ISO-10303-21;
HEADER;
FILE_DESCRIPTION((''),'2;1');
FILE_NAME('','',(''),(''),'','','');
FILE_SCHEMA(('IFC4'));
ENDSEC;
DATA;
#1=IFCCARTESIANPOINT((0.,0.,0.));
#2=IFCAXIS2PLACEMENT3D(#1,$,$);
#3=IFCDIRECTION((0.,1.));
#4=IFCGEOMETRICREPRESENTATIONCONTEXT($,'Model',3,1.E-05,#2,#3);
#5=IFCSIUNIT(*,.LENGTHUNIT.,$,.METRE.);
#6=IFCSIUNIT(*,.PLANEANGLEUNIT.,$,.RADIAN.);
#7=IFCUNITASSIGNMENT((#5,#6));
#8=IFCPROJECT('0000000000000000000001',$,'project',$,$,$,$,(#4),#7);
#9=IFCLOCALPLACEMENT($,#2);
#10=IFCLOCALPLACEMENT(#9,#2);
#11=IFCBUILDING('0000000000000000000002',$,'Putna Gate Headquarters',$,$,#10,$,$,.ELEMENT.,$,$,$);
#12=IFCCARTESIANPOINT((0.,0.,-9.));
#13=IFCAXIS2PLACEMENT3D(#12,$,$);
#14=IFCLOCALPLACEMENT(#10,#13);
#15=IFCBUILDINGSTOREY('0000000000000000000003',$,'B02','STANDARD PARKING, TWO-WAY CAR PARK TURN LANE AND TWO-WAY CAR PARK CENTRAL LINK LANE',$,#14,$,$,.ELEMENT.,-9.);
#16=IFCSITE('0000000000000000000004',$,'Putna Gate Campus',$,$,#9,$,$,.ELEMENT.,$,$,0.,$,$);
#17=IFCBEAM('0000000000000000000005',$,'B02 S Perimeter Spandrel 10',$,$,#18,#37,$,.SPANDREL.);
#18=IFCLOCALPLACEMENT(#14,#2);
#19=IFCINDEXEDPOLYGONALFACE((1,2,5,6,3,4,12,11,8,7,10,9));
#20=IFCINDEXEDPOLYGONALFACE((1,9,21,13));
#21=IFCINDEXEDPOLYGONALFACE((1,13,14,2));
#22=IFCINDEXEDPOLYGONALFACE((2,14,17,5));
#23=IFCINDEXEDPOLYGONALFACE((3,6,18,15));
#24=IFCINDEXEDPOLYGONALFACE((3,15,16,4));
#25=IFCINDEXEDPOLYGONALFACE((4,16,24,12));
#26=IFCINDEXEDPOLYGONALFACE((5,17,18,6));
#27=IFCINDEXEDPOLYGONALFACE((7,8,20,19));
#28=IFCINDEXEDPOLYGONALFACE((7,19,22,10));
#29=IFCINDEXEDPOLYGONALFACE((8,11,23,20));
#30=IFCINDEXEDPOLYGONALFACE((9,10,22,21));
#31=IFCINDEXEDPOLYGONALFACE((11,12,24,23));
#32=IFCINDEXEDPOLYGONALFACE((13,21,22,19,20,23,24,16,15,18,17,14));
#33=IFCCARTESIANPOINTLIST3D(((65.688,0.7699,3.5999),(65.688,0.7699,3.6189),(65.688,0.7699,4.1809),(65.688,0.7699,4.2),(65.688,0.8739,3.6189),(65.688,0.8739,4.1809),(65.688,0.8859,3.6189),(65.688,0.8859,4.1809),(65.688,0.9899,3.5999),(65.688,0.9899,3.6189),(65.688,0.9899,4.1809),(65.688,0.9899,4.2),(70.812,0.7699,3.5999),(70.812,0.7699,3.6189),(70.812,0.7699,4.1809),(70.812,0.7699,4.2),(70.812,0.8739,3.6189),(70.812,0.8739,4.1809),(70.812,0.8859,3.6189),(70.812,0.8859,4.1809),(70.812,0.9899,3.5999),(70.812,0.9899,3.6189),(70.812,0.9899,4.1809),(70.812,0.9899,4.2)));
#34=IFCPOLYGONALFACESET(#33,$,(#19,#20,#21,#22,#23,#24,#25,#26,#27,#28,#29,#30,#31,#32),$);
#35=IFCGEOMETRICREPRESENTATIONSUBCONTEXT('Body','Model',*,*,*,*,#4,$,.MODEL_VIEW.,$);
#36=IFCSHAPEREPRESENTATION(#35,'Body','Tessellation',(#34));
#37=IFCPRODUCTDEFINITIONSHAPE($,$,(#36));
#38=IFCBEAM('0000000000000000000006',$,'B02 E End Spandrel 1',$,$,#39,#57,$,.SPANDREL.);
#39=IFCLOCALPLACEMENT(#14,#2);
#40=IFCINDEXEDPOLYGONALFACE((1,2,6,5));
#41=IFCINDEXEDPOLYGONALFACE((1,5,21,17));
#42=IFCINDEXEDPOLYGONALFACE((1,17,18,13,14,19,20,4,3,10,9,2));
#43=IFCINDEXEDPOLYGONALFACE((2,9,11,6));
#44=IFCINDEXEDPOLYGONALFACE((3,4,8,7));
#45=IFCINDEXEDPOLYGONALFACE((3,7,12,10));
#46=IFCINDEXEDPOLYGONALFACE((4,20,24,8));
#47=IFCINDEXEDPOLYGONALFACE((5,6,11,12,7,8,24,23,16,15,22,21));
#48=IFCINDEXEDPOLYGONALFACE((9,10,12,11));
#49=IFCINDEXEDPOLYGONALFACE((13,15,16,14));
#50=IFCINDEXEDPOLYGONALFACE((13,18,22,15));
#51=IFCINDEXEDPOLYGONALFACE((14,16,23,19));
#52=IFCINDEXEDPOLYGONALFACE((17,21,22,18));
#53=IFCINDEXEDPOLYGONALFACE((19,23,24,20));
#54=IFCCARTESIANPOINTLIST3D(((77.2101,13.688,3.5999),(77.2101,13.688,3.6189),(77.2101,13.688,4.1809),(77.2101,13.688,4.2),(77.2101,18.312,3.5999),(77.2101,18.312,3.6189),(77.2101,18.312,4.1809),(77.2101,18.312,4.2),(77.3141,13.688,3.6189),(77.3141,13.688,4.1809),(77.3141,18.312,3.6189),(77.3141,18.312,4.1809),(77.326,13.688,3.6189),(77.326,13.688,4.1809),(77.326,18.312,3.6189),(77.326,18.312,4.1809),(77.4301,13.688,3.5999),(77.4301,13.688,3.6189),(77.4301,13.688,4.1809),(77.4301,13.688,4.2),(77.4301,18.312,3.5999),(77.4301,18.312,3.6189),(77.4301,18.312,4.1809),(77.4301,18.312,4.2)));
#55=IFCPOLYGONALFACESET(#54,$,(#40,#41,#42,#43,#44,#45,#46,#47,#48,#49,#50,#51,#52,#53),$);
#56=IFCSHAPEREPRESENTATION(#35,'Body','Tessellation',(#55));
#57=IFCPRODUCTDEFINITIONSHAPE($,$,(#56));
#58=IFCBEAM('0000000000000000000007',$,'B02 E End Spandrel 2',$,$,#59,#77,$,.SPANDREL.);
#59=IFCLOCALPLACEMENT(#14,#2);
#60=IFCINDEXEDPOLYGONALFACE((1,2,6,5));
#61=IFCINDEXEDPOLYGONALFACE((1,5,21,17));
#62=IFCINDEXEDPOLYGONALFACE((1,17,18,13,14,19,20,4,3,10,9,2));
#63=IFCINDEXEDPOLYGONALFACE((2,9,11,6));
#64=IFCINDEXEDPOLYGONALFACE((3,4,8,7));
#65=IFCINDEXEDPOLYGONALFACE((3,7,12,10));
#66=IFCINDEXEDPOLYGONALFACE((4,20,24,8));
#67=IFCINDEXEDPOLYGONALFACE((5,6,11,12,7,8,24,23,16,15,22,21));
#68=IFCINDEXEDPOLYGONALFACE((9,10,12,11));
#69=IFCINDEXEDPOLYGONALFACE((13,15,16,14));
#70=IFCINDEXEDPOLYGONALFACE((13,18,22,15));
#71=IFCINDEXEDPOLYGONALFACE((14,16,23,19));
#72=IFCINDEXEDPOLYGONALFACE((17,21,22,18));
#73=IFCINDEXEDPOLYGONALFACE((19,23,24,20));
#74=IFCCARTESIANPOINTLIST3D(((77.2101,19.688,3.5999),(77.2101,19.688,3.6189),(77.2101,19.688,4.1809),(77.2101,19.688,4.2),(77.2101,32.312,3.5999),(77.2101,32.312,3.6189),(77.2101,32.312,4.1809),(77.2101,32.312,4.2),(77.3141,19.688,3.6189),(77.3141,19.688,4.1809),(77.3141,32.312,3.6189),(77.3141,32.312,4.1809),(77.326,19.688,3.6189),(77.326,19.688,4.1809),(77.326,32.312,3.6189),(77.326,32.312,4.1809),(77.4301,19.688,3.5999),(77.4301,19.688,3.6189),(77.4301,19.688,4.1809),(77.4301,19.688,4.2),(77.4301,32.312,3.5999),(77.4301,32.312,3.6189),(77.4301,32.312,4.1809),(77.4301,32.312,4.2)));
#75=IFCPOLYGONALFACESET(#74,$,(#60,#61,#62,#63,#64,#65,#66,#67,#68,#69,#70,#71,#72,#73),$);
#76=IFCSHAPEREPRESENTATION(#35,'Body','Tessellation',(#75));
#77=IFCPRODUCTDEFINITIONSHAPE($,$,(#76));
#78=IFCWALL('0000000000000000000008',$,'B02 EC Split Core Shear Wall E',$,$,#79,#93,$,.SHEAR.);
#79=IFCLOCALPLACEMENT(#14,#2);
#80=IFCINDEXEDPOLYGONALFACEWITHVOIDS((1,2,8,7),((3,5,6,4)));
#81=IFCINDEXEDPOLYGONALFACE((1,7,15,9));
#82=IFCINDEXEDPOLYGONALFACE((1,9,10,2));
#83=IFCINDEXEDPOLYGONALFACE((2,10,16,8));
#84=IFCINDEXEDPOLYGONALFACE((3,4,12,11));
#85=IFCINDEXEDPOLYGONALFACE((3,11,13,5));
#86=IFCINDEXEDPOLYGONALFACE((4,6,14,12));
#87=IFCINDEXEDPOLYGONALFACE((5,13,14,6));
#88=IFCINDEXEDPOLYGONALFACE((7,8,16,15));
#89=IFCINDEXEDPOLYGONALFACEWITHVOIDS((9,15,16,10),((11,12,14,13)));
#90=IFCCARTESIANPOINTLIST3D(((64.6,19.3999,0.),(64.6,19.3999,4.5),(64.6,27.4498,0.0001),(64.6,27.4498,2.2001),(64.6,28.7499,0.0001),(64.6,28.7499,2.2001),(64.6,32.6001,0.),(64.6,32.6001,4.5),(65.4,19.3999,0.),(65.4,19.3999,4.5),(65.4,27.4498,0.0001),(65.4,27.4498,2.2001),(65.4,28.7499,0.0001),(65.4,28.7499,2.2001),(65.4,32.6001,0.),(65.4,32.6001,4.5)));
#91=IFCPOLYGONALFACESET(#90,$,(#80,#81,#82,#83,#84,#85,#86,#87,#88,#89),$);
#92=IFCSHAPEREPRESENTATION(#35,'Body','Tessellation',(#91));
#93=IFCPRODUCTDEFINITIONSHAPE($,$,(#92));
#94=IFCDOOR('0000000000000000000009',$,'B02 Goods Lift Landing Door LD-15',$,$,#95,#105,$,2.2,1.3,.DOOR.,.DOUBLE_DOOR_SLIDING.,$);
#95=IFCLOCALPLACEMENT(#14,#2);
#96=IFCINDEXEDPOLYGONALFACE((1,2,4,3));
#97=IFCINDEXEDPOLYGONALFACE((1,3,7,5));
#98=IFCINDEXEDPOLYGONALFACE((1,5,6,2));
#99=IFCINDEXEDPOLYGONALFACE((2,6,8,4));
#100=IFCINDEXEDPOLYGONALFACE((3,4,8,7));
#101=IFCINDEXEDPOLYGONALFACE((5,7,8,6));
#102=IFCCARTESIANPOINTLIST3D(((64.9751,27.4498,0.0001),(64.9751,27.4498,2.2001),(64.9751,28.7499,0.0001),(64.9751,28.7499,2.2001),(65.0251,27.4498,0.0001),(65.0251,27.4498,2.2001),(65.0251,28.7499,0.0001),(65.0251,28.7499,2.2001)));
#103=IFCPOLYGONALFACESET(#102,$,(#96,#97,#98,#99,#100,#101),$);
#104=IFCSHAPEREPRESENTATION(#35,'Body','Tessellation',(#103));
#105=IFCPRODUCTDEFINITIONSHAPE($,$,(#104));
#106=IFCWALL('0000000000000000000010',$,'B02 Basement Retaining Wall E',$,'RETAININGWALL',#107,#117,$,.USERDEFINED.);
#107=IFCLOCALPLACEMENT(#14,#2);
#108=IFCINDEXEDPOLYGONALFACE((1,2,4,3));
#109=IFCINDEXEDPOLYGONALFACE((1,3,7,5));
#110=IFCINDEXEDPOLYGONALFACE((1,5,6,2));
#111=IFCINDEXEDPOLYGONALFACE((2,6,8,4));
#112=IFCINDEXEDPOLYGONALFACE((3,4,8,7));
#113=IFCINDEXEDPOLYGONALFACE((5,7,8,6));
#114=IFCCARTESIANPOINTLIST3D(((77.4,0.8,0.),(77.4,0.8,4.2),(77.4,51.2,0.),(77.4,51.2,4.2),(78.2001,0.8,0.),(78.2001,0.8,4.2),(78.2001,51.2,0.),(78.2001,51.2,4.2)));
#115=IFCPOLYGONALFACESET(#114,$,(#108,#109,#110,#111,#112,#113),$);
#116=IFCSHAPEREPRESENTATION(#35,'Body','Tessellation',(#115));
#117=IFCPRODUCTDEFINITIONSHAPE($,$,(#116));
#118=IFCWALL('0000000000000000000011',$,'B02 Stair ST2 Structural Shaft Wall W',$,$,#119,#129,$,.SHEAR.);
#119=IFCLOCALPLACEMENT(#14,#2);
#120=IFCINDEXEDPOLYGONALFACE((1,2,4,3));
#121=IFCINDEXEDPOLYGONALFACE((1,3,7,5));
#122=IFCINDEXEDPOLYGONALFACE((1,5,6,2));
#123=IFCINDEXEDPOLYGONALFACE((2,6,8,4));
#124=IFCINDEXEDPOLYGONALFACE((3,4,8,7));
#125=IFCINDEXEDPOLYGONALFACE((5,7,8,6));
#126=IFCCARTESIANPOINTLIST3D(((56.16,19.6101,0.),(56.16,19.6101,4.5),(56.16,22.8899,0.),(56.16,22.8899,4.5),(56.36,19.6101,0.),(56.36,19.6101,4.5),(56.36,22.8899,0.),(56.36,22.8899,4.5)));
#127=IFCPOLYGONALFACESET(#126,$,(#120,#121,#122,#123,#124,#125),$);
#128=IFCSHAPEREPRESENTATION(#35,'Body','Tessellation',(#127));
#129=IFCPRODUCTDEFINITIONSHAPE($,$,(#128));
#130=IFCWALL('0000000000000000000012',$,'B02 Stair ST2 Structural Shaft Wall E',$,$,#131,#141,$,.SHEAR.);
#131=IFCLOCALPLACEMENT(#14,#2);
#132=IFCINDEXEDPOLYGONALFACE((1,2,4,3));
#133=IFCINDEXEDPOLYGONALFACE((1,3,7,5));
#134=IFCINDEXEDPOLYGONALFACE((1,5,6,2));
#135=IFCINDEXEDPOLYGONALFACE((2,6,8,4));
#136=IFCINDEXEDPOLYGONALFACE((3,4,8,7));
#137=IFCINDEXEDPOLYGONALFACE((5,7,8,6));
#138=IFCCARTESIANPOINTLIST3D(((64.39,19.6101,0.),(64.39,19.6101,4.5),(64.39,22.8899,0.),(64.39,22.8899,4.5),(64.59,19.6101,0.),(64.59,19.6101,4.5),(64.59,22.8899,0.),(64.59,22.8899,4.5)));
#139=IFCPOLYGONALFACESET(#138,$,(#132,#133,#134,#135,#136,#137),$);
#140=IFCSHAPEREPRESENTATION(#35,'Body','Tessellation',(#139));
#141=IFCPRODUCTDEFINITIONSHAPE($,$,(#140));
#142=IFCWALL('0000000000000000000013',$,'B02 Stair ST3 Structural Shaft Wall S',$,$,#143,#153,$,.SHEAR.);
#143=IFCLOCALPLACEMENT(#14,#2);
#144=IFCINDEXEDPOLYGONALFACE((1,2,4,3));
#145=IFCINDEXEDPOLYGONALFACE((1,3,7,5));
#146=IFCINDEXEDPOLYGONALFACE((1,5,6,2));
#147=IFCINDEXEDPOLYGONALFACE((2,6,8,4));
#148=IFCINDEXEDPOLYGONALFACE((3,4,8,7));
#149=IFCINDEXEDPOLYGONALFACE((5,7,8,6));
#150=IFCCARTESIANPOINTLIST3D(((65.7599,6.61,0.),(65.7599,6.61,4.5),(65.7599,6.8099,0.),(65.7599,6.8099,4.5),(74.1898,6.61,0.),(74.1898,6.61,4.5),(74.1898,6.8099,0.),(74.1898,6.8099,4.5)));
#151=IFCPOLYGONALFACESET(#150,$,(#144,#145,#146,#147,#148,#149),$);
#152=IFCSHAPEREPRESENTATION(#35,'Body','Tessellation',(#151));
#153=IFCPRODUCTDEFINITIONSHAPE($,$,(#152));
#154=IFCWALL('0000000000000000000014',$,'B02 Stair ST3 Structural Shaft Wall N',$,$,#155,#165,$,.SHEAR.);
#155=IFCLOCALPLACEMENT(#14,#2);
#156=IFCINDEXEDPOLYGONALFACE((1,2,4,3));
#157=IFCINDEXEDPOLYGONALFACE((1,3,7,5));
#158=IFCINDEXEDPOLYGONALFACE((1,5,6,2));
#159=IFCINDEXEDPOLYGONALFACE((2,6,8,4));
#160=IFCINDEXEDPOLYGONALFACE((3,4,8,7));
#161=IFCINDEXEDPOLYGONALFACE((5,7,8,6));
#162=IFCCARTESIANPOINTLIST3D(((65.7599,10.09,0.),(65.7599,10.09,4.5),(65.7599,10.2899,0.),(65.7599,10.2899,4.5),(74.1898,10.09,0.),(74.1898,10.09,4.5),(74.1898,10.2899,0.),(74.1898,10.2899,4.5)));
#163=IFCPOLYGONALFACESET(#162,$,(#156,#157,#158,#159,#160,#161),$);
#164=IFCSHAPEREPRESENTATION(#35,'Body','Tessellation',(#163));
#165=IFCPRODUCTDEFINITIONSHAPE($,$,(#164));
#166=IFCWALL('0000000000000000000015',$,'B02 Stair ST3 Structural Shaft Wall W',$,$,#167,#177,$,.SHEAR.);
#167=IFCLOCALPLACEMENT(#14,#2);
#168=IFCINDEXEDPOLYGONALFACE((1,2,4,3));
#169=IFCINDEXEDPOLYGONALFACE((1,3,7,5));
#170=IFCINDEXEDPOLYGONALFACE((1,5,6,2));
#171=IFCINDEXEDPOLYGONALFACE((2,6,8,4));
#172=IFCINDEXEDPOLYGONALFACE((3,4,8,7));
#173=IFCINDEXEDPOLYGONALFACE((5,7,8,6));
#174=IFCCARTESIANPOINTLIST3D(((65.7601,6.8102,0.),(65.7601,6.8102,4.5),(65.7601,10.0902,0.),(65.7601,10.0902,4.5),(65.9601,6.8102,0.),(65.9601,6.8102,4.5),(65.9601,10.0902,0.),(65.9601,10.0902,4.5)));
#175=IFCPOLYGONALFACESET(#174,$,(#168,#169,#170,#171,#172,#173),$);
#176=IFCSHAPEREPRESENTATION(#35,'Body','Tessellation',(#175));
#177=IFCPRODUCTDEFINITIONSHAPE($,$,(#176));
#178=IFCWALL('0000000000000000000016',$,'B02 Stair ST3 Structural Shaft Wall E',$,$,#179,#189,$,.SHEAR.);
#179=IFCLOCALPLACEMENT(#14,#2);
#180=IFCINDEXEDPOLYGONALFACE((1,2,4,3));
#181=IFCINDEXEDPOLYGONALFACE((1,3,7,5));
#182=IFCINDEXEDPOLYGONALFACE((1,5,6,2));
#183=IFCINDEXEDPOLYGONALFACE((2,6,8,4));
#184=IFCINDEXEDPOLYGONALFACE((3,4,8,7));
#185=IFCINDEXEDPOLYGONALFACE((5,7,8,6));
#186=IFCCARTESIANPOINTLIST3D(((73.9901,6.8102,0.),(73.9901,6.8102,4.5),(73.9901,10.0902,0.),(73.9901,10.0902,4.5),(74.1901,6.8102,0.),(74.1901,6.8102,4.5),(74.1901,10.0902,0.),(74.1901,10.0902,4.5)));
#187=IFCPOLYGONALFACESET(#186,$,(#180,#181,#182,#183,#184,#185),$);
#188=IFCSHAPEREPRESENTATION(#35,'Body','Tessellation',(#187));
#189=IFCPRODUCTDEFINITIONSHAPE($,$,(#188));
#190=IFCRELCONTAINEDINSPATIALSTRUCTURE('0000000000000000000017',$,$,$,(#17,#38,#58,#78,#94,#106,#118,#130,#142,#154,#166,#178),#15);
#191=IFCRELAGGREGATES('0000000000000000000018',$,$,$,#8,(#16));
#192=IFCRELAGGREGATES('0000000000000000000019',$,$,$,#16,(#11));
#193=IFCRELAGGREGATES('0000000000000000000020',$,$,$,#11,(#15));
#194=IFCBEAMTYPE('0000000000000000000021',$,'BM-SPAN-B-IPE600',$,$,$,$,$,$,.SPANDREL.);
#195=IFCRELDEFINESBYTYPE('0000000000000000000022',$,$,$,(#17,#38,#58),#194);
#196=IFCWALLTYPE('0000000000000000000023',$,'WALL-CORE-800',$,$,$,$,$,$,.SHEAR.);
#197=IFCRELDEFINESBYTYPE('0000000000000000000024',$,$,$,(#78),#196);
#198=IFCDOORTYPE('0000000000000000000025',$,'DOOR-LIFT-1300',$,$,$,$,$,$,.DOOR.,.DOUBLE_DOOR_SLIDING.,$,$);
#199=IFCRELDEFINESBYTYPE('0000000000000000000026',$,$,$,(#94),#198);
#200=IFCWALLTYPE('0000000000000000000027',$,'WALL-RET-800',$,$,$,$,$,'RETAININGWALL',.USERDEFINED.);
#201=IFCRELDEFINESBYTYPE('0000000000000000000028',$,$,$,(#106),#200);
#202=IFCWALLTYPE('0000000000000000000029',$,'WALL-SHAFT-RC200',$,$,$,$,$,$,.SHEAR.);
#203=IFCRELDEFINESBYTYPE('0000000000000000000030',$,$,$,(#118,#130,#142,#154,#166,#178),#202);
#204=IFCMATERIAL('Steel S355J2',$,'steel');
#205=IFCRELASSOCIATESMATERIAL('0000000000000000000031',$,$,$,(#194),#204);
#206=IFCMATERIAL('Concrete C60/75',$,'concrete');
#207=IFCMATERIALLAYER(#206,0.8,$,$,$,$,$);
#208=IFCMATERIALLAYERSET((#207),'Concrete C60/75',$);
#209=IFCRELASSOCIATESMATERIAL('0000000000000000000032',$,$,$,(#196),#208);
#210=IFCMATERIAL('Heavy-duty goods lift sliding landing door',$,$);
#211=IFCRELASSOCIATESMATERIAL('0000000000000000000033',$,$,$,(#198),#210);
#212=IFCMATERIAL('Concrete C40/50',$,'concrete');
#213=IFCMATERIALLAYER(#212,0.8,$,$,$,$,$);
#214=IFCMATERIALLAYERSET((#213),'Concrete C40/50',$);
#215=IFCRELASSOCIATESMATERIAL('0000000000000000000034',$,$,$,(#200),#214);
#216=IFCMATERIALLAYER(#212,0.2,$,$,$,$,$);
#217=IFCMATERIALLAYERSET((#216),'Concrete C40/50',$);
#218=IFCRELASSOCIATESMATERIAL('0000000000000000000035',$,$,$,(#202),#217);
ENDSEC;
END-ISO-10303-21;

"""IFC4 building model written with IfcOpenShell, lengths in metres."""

from ifc_helpers import new_model, si_unit, direction, frame, frame_2d, origin, origin_2d, place, context, subcontext, project, spatial, rectangle, i_section, extrude, material, layer, layer_set, material_profile, profile_set, type_object, element, fill, save


model = new_model("IFC4")

# Units and contexts
model_context = context("Model", 3, precision=1e-05, world=origin(), true_north=direction((0.0, 1.0)))
body_context = subcontext(model_context, "Body", "Model", "MODEL_VIEW")
ifc_project = project(units=[si_unit("LENGTHUNIT", "METRE"), si_unit("PLANEANGLEUNIT", "RADIAN")], contexts=[model_context])

# Site, building, storey
site_placement = place(None, origin())
site = spatial("IfcSite", under=ifc_project, at=site_placement, Name="Putna Gate Campus", CompositionType="ELEMENT", RefElevation=0.0)
building_placement = place(site_placement, origin())
building = spatial("IfcBuilding", under=site, at=building_placement, Name="Putna Gate Headquarters", CompositionType="ELEMENT")
storey_placement = place(building_placement, frame((0.0, 0.0, -9.0)))
storey = spatial("IfcBuildingStorey", under=building, at=storey_placement, Name="B02", Description="STANDARD PARKING, TWO-WAY CAR PARK TURN LANE AND TWO-WAY CAR PARK CENTRAL LINK LANE", CompositionType="ELEMENT", Elevation=-9.0)

# Shared definitions
ifc_material_1 = material(Name="Concrete C60/75", Category="concrete")

# Beams
ifc_material_2 = material(Name="Steel S355J2", Category="steel")
ifc_material_profile_1 = material_profile(ifc_material_2, i_section(OverallWidth=0.22, OverallDepth=0.6001, WebThickness=0.012, FlangeThickness=0.019, at=origin_2d()), Name="Steel S355J2")
ifc_profile_set_1 = profile_set([ifc_material_profile_1], Name="Steel S355J2")
beam_type_1 = type_object("IfcBeamType", Name="BM-SPAN-B-IPE600", PredefinedType="SPANDREL", material=ifc_profile_set_1)
for number, where, z_axis, x_axis, name in (
    (1, (65.688, 0.8799, 3.8999), (1.0, 0.0, 0.0), (0.0, 1.0, 0.0), "B02 S Perimeter Spandrel 10"),
):
    element("IfcBeam", number, at=place(storey_placement, frame(where, z_axis=z_axis, x_axis=x_axis)), inside=storey, type_object=beam_type_1, Name=name, PredefinedType="SPANDREL", context=body_context, shape_type="SweptSolid", body=[
        extrude(i_section(OverallWidth=0.22, OverallDepth=0.6001, WebThickness=0.012, FlangeThickness=0.019, at=origin_2d()), origin(), (0.0, 0.0, 1.0), 5.124),
    ])
beam_1_placement = place(storey_placement, frame((77.3201, 13.688, 3.8999), z_axis=(0.0, 1.0, 0.0), x_axis=(-1.0, 0.0, 0.0)))
element("IfcBeam", 2, at=beam_1_placement, inside=storey, type_object=beam_type_1, Name="B02 E End Spandrel 1", PredefinedType="SPANDREL", context=body_context, shape_type="SweptSolid", body=[
    extrude(i_section(OverallWidth=0.22, OverallDepth=0.6001, WebThickness=0.012, FlangeThickness=0.019, at=origin_2d()), origin(), (0.0, 0.0, 1.0), 4.624),
])
beam_2_placement = place(storey_placement, frame((77.3201, 19.688, 3.8999), z_axis=(0.0, 1.0, 0.0), x_axis=(-1.0, 0.0, 0.0)))
element("IfcBeam", 3, at=beam_2_placement, inside=storey, type_object=beam_type_1, Name="B02 E End Spandrel 2", PredefinedType="SPANDREL", context=body_context, shape_type="SweptSolid", body=[
    extrude(i_section(OverallWidth=0.22, OverallDepth=0.6001, WebThickness=0.012, FlangeThickness=0.019, at=origin_2d()), origin(), (0.0, 0.0, 1.0), 12.624),
])

# Wall, opening, door
ifc_layer_1 = layer(ifc_material_1, 0.8)
ifc_layer_set_1 = layer_set([ifc_layer_1], Name="Concrete C60/75")
wall_type_1 = type_object("IfcWallType", Name="WALL-CORE-800", PredefinedType="SHEAR", material=ifc_layer_set_1)
wall_1_placement = place(storey_placement, frame((65.0, 19.3999, 0.0), z_axis=(0.0, 0.0, 1.0), x_axis=(0.0, 1.0, 0.0)))
wall_1 = element("IfcWall", 4, at=wall_1_placement, inside=storey, type_object=wall_type_1, Name="B02 EC Split Core Shear Wall E", PredefinedType="SHEAR", context=body_context, shape_type="SweptSolid", body=[
    extrude(rectangle(XDim=13.2002, YDim=0.8, at=frame_2d((6.6001, 0.0))), origin(), (0.0, 0.0, 1.0), 4.5),
])
opening_placement = place(wall_1_placement, frame((8.05, 0.0, 0.0)))
opening = element("IfcOpeningElement", 5, at=opening_placement, cuts=wall_1, PredefinedType="OPENING", context=body_context, shape_type="SweptSolid", body=[
    extrude(rectangle(XDim=1.3, YDim=2.2, at=frame_2d((0.6499, 1.1001))), frame((0.0, 0.4099, 0.0), z_axis=(0.0, -1.0, 0.0), x_axis=(1.0, 0.0, 0.0)), (0.0, 0.0, 1.0), 0.8201),
])
ifc_material_3 = material(Name="Heavy-duty goods lift sliding landing door")
door_type = type_object("IfcDoorType", Name="DOOR-LIFT-1300", OperationType="DOUBLE_DOOR_SLIDING", PredefinedType="DOOR", material=ifc_material_3)
door_placement = place(opening_placement, origin())
door = element("IfcDoor", 6, at=door_placement, inside=storey, type_object=door_type, Name="B02 Goods Lift Landing Door LD-15", OperationType="DOUBLE_DOOR_SLIDING", OverallHeight=2.2, OverallWidth=1.3, PredefinedType="DOOR", context=body_context, shape_type="SweptSolid", body=[
    extrude(rectangle(XDim=1.3, YDim=2.2, at=frame_2d((0.6499, 1.1001))), frame((0.0, 0.0249, 0.0), z_axis=(0.0, -1.0, 0.0), x_axis=(1.0, 0.0, 0.0)), (0.0, 0.0, 1.0), 0.05),
])
fill(opening, door)

# Walls
ifc_material_4 = material(Name="Concrete C40/50", Category="concrete")
ifc_layer_2 = layer(ifc_material_4, 0.8)
ifc_layer_set_2 = layer_set([ifc_layer_2], Name="Concrete C40/50")
wall_type_2 = type_object("IfcWallType", Name="WALL-RET-800", ElementType="RETAININGWALL", PredefinedType="USERDEFINED", material=ifc_layer_set_2)
wall_2_placement = place(storey_placement, frame((77.8, 0.8, 0.0), z_axis=(0.0, 0.0, 1.0), x_axis=(0.0, 1.0, 0.0)))
element("IfcWall", 7, at=wall_2_placement, inside=storey, type_object=wall_type_2, Name="B02 Basement Retaining Wall E", ObjectType="RETAININGWALL", PredefinedType="USERDEFINED", context=body_context, shape_type="SweptSolid", body=[
    extrude(rectangle(XDim=50.3999, YDim=0.8, at=frame_2d((25.2, 0.0))), origin(), (0.0, 0.0, 1.0), 4.2),
])
ifc_layer_3 = layer(ifc_material_4, 0.2)
ifc_layer_set_3 = layer_set([ifc_layer_3], Name="Concrete C40/50")
wall_type_3 = type_object("IfcWallType", Name="WALL-SHAFT-RC200", PredefinedType="SHEAR", material=ifc_layer_set_3)
for number, where, z_axis, x_axis, name in (
    (8, (56.26, 19.6101, 0.0), (0.0, 0.0, 1.0), (0.0, 1.0, 0.0), "B02 Stair ST2 Structural Shaft Wall W"),
    (9, (64.49, 19.6101, 0.0), (0.0, 0.0, 1.0), (0.0, 1.0, 0.0), "B02 Stair ST2 Structural Shaft Wall E"),
):
    element("IfcWall", number, at=place(storey_placement, frame(where, z_axis=z_axis, x_axis=x_axis)), inside=storey, type_object=wall_type_3, Name=name, PredefinedType="SHEAR", context=body_context, shape_type="SweptSolid", body=[
        extrude(rectangle(XDim=3.2798, YDim=0.2, at=frame_2d((1.6399, 0.0))), origin(), (0.0, 0.0, 1.0), 4.5),
    ])
for number, where, z_axis, x_axis, name in (
    (10, (65.76, 6.71, 0.0), (0.0, 0.0, 1.0), (1.0, 0.0, 0.0), "B02 Stair ST3 Structural Shaft Wall S"),
    (11, (65.76, 10.1899, 0.0), (0.0, 0.0, 1.0), (1.0, 0.0, 0.0), "B02 Stair ST3 Structural Shaft Wall N"),
):
    element("IfcWall", number, at=place(storey_placement, frame(where, z_axis=z_axis, x_axis=x_axis)), inside=storey, type_object=wall_type_3, Name=name, PredefinedType="SHEAR", context=body_context, shape_type="SweptSolid", body=[
        extrude(rectangle(XDim=8.4299, YDim=0.2, at=frame_2d((4.2148, 0.0))), origin(), (0.0, 0.0, 1.0), 4.5),
    ])
for number, where, z_axis, x_axis, name in (
    (12, (65.8601, 6.8101, 0.0), (0.0, 0.0, 1.0), (0.0, 1.0, 0.0), "B02 Stair ST3 Structural Shaft Wall W"),
    (13, (74.0901, 6.8101, 0.0), (0.0, 0.0, 1.0), (0.0, 1.0, 0.0), "B02 Stair ST3 Structural Shaft Wall E"),
):
    element("IfcWall", number, at=place(storey_placement, frame(where, z_axis=z_axis, x_axis=x_axis)), inside=storey, type_object=wall_type_3, Name=name, PredefinedType="SHEAR", context=body_context, shape_type="SweptSolid", body=[
        extrude(rectangle(XDim=3.28, YDim=0.2, at=frame_2d((1.6401, 0.0))), origin(), (0.0, 0.0, 1.0), 4.5),
    ])

save(model, "model.ifc")
